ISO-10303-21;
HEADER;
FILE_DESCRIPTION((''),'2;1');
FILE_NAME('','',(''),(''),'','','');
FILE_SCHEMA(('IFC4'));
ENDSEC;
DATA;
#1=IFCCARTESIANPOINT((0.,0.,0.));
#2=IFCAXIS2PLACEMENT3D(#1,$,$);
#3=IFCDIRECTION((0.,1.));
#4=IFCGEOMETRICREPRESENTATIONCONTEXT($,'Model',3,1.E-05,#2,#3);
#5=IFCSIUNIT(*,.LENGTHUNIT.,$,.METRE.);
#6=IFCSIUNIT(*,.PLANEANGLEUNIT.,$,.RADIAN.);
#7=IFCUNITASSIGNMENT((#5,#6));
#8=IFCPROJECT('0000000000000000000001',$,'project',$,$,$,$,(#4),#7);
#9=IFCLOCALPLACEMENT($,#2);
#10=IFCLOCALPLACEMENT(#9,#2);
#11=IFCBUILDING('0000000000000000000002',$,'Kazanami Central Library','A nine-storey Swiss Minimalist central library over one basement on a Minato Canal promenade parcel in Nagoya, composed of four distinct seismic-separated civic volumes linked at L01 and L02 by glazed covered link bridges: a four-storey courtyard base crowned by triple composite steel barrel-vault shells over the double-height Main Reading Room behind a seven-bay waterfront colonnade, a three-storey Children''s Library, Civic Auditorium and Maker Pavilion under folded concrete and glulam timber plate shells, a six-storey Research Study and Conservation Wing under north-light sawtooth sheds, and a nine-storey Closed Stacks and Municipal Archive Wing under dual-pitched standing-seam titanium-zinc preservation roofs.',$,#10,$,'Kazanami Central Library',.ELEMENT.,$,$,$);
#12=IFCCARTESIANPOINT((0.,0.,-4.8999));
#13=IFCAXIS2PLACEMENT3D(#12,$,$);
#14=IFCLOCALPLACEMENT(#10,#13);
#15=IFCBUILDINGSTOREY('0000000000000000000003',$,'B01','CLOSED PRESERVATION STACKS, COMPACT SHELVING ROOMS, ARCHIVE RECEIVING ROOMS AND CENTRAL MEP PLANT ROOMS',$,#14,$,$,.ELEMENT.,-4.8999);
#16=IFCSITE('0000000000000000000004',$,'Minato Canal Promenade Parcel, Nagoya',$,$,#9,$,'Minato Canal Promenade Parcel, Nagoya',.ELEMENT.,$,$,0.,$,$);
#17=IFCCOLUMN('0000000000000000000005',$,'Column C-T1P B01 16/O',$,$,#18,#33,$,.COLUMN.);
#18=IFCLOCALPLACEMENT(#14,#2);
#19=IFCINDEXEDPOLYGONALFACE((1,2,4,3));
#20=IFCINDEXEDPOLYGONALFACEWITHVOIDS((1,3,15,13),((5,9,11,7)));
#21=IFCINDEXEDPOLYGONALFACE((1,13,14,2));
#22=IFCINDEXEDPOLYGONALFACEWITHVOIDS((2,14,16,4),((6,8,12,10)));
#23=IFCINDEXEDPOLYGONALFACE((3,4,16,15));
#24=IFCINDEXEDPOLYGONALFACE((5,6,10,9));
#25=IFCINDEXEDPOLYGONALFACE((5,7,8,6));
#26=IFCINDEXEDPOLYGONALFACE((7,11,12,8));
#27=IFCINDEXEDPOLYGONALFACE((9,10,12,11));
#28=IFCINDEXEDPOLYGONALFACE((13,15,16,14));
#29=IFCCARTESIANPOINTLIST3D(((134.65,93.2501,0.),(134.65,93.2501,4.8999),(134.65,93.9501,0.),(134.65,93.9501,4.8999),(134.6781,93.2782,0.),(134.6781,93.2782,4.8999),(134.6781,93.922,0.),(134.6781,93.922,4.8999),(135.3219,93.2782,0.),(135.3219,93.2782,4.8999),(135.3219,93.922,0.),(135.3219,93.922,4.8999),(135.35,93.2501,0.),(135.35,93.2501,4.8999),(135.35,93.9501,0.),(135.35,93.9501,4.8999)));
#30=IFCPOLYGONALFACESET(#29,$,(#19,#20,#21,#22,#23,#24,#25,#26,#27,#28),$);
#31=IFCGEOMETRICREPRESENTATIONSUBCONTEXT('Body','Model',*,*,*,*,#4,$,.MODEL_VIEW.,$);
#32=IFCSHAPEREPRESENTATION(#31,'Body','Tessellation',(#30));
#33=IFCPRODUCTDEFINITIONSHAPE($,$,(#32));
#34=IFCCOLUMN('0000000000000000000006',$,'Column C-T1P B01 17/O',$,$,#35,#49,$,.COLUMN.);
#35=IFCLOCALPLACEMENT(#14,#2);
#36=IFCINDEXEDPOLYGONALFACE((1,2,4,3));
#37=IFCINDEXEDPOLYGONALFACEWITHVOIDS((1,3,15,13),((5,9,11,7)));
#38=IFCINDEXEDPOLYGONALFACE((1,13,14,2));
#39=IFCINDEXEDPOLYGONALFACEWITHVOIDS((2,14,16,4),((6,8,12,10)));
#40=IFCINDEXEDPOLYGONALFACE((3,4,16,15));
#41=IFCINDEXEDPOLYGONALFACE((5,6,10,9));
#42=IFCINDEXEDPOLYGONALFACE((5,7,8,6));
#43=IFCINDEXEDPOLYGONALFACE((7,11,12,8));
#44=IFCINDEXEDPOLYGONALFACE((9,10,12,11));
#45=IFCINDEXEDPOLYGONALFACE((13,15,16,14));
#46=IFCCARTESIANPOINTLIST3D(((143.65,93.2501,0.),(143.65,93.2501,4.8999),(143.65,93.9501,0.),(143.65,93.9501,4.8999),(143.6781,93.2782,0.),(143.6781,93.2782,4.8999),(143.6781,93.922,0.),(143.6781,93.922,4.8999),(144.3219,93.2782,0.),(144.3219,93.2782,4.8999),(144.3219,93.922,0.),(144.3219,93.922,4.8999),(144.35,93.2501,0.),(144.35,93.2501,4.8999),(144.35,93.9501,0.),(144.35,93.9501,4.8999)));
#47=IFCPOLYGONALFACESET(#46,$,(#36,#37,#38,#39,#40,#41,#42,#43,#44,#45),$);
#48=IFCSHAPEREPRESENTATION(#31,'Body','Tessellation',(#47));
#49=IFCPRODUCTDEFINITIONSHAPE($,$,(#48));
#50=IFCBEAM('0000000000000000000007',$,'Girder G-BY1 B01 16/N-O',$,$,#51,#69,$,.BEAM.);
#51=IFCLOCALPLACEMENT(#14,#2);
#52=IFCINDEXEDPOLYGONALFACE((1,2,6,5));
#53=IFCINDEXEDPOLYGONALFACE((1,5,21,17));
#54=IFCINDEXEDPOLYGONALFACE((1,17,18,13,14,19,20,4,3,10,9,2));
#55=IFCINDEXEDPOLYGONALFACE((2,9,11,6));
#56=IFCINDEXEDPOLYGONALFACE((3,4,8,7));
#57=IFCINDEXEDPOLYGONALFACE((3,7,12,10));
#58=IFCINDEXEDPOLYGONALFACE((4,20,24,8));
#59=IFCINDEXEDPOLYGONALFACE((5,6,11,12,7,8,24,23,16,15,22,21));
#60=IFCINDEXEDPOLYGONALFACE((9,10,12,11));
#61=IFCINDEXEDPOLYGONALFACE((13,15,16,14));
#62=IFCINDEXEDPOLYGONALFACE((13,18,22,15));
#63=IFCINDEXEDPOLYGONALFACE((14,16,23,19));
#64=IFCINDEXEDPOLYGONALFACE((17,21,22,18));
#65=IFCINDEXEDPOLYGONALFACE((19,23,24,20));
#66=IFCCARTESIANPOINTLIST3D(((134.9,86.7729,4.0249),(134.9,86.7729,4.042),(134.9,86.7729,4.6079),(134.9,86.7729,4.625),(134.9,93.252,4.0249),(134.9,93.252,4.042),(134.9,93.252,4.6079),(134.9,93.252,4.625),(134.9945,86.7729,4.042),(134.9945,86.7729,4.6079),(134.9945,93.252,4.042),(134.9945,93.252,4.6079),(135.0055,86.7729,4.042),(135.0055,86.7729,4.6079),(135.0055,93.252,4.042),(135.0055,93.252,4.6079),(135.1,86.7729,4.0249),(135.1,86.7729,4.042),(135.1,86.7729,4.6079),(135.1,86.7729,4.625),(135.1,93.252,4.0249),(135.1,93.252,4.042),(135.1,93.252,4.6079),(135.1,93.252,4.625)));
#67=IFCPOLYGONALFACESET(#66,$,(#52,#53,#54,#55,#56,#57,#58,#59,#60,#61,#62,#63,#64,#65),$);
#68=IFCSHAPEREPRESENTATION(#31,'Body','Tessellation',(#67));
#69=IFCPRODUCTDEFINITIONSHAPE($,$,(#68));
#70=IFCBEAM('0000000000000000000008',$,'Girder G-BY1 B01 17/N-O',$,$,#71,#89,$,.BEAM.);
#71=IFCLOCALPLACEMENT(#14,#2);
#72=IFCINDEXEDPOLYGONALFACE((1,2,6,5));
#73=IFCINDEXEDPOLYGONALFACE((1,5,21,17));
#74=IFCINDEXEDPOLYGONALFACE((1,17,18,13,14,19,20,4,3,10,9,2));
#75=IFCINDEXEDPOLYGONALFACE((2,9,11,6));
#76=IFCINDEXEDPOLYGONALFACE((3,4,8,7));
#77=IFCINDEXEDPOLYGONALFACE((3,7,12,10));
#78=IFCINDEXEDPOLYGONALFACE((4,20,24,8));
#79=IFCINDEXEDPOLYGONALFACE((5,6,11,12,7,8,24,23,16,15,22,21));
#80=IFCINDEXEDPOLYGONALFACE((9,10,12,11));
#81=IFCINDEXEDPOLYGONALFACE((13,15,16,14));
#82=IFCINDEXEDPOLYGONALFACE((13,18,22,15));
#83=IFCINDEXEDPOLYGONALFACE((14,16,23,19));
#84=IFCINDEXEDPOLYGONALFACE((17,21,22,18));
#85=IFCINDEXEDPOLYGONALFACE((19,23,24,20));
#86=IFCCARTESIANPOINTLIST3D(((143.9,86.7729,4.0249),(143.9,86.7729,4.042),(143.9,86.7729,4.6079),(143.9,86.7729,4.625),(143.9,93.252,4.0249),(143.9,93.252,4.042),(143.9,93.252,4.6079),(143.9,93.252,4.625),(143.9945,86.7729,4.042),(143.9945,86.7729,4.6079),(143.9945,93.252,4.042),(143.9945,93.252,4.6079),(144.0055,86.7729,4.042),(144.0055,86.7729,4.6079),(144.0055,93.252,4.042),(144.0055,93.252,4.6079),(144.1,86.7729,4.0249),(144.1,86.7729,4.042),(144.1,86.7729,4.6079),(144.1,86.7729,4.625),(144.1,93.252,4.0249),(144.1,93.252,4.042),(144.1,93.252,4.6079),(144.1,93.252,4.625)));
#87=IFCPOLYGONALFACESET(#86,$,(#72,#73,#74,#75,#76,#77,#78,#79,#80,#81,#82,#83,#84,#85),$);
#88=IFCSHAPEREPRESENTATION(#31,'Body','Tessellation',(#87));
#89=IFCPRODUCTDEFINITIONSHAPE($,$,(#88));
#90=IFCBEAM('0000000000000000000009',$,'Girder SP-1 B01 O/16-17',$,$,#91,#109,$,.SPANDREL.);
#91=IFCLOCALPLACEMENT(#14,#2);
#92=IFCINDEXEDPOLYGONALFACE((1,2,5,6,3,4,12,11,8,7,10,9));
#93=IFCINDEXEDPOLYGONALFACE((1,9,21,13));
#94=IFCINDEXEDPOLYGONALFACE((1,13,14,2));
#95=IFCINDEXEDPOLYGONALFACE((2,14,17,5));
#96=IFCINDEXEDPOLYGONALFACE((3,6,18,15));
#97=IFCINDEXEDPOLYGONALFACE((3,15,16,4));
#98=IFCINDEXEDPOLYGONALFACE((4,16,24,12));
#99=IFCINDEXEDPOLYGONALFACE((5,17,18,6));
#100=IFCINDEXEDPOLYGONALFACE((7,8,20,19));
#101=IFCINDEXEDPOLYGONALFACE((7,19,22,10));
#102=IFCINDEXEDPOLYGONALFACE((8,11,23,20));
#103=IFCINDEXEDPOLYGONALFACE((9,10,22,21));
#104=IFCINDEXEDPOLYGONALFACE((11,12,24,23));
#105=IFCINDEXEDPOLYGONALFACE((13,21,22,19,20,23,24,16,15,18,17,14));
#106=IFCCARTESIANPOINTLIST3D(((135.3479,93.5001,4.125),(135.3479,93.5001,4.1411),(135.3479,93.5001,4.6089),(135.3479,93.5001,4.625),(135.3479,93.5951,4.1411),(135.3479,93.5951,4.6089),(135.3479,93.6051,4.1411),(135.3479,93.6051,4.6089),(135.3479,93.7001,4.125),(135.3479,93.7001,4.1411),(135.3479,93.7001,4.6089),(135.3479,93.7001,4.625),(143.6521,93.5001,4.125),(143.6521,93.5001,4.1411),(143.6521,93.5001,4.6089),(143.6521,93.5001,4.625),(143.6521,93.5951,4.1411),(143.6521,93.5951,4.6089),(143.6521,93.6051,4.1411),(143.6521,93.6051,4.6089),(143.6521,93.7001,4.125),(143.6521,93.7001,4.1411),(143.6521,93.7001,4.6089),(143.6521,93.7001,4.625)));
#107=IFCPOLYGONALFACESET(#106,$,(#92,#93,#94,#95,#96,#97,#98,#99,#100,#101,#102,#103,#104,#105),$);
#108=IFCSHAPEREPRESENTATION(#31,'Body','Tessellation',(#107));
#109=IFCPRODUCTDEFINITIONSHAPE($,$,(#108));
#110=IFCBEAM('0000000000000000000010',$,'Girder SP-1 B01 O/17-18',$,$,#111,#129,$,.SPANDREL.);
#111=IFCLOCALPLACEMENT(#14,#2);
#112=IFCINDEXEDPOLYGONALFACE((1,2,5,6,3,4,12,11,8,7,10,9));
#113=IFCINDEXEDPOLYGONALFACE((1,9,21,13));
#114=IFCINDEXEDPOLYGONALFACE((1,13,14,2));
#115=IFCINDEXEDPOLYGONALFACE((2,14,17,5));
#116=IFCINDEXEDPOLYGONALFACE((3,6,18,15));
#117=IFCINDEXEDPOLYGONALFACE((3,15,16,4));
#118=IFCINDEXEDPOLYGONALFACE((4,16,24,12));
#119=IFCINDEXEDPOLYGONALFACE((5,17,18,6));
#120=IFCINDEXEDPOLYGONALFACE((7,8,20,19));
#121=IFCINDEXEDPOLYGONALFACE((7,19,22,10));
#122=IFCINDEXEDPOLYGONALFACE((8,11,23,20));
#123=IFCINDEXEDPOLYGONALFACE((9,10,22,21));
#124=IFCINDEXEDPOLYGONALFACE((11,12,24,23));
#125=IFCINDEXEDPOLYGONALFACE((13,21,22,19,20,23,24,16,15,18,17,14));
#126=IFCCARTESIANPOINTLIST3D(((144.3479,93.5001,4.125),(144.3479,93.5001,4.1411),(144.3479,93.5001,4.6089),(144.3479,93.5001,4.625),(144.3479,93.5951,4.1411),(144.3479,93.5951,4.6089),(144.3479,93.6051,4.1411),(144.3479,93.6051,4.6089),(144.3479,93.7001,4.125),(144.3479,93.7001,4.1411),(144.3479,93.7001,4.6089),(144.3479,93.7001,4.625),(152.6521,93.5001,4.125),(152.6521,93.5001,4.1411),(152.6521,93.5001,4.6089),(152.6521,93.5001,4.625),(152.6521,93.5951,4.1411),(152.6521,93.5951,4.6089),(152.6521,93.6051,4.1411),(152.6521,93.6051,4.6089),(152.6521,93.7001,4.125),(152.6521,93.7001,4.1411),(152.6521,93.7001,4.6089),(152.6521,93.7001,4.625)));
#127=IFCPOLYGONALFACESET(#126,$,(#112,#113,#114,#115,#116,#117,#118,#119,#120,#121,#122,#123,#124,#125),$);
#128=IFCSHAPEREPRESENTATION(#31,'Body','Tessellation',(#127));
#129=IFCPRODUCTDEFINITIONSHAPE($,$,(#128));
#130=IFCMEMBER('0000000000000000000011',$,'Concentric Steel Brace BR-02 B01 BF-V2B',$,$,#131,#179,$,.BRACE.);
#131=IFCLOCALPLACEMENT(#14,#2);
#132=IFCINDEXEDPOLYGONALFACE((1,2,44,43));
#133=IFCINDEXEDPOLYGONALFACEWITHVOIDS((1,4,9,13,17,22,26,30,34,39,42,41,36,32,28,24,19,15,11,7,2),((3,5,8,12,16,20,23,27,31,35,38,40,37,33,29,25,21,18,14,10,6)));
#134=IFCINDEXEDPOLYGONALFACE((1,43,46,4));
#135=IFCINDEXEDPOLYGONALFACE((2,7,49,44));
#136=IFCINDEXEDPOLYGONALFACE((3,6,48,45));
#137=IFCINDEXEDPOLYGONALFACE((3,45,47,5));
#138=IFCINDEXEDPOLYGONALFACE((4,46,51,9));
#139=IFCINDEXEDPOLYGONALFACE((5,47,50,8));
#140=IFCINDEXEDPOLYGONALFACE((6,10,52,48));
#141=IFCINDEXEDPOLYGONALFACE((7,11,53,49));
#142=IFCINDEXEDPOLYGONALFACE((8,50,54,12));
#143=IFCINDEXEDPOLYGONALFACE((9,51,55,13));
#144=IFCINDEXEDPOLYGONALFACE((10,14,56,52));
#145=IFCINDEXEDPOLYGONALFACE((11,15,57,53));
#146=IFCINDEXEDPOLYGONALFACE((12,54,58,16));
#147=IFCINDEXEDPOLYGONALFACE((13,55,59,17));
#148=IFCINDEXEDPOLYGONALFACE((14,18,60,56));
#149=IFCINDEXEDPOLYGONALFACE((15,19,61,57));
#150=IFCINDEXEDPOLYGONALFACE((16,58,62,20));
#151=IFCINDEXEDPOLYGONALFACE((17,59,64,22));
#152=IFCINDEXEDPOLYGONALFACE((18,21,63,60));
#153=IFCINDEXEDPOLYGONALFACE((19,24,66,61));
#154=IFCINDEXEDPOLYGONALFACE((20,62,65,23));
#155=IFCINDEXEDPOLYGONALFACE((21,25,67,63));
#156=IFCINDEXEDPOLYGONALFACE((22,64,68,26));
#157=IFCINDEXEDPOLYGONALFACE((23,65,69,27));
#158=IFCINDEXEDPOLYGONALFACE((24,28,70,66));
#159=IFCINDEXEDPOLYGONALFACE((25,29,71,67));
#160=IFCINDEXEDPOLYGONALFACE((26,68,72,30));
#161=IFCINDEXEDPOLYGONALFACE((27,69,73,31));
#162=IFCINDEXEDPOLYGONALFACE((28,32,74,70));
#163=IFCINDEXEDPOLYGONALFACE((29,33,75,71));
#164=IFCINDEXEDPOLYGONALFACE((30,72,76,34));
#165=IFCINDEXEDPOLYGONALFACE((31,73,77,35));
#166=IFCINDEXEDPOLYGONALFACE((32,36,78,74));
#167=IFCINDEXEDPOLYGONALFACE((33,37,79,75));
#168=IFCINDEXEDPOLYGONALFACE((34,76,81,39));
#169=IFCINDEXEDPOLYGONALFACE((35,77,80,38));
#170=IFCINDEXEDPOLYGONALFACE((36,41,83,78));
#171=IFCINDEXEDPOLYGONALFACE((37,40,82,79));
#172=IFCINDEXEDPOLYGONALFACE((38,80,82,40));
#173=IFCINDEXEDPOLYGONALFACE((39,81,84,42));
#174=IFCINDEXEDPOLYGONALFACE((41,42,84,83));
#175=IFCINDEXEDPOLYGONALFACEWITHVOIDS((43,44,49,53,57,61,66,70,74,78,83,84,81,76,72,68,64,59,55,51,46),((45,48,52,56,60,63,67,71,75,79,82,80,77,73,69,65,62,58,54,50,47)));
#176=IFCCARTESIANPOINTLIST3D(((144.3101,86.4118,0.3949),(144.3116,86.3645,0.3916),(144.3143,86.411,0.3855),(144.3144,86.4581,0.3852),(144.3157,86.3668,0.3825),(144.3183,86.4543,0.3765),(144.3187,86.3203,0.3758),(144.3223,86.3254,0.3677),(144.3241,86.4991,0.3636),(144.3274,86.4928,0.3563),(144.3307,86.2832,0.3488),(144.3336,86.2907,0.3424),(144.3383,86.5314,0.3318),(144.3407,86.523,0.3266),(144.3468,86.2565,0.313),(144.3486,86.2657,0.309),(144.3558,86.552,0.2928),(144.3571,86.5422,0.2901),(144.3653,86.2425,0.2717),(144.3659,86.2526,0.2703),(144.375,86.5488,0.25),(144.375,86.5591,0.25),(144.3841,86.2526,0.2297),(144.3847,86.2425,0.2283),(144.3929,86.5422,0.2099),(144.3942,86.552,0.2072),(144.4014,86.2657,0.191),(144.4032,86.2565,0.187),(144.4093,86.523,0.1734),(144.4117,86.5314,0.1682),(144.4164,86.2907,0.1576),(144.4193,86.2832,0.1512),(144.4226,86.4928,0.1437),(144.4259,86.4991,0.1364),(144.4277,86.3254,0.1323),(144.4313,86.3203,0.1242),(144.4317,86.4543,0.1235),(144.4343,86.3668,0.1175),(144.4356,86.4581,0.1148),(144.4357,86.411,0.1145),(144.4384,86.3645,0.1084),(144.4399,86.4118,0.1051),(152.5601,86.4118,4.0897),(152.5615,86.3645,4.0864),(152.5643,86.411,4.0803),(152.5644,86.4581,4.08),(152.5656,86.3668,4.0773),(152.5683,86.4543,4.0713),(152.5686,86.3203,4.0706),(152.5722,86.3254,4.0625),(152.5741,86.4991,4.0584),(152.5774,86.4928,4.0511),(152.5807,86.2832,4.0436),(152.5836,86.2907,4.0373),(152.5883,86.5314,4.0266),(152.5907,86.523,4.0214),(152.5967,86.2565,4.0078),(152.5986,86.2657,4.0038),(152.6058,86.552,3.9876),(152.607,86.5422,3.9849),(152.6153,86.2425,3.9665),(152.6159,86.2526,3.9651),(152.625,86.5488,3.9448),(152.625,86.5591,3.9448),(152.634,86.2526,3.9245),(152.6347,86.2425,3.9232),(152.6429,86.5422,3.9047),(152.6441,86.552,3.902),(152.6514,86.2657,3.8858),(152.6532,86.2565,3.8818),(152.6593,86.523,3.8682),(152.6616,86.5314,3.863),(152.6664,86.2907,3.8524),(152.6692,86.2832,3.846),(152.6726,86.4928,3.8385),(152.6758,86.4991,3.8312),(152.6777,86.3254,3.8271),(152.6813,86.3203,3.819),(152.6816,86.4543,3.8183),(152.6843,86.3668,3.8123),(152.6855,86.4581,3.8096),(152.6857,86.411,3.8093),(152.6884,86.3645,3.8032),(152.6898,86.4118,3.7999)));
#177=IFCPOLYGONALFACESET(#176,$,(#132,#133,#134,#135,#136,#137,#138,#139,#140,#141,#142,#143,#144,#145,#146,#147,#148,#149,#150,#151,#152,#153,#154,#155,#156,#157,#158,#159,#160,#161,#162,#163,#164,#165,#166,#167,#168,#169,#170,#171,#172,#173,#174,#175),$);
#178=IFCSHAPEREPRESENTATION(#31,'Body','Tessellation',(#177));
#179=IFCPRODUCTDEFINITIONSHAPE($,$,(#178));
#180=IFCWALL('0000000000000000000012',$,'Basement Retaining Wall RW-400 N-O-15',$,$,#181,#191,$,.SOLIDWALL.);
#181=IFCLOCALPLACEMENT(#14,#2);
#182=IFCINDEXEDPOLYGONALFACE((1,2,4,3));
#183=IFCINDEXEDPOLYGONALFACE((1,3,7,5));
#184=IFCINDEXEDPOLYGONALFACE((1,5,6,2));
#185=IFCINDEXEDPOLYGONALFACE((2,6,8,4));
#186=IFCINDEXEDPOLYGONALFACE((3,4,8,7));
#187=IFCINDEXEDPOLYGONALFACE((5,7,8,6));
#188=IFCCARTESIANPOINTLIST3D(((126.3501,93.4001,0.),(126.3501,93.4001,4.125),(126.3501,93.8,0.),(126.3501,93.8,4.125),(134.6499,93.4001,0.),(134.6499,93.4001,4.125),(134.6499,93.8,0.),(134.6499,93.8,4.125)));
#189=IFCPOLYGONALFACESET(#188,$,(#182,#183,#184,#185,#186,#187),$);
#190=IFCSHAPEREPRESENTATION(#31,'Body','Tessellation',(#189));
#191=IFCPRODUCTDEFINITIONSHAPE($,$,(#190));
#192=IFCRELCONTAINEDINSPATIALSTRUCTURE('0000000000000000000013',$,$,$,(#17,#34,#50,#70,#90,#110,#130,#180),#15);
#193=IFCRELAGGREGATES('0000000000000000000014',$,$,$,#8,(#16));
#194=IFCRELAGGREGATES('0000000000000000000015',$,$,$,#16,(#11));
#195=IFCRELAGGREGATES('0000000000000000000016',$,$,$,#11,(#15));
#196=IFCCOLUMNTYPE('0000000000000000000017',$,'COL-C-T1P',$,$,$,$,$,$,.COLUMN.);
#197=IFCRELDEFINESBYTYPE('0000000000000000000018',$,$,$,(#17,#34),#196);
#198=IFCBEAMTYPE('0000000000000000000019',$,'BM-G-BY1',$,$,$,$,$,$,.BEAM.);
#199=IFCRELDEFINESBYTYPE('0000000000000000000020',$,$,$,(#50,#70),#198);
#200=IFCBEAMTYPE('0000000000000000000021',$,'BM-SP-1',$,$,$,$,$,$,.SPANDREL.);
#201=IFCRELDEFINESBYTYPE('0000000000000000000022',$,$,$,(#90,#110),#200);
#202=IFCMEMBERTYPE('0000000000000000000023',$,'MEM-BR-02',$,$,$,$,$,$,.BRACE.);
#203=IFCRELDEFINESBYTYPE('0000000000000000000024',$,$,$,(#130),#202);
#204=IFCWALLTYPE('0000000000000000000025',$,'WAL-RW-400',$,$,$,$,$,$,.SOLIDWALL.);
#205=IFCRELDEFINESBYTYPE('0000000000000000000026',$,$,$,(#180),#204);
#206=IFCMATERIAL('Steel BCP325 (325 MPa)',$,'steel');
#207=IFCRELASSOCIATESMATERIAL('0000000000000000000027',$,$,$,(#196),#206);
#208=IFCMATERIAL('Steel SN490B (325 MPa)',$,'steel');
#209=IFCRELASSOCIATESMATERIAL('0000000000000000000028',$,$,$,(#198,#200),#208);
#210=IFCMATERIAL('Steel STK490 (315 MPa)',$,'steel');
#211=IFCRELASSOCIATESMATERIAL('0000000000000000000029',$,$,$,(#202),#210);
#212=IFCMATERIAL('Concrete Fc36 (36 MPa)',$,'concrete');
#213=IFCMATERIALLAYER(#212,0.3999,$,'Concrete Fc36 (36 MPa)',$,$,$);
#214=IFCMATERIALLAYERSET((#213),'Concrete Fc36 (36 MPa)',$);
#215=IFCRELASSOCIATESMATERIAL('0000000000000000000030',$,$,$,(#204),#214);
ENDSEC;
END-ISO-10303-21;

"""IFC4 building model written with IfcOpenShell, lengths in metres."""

from ifc_helpers import new_model, si_unit, direction, frame, frame_2d, origin, origin_2d, place, context, subcontext, project, spatial, rectangle, hollow_rectangle, hollow_circle, i_section, extrude, material, layer, layer_set, material_profile, profile_set, type_object, element, save


model = new_model("IFC4")

# Units and contexts
model_context = context("Model", 3, precision=1e-05, world=origin(), true_north=direction((0.0, 1.0)))
body_context = subcontext(model_context, "Body", "Model", "MODEL_VIEW")
ifc_project = project(units=[si_unit("LENGTHUNIT", "METRE"), si_unit("PLANEANGLEUNIT", "RADIAN")], contexts=[model_context])

# Site, building, storey
site_placement = place(None, origin())
site = spatial("IfcSite", under=ifc_project, at=site_placement, Name="Minato Canal Promenade Parcel, Nagoya", LongName="Minato Canal Promenade Parcel, Nagoya", CompositionType="ELEMENT", RefElevation=0.0)
building_placement = place(site_placement, origin())
building = spatial("IfcBuilding", under=site, at=building_placement, Name="Kazanami Central Library", Description="A nine-storey Swiss Minimalist central library over one basement on a Minato Canal promenade parcel in Nagoya, composed of four distinct seismic-separated civic volumes linked at L01 and L02 by glazed covered link bridges: a four-storey courtyard base crowned by triple composite steel barrel-vault shells over the double-height Main Reading Room behind a seven-bay waterfront colonnade, a three-storey Children's Library, Civic Auditorium and Maker Pavilion under folded concrete and glulam timber plate shells, a six-storey Research Study and Conservation Wing under north-light sawtooth sheds, and a nine-storey Closed Stacks and Municipal Archive Wing under dual-pitched standing-seam titanium-zinc preservation roofs.", LongName="Kazanami Central Library", CompositionType="ELEMENT")
storey_placement = place(building_placement, frame((0.0, 0.0, -4.8999)))
storey = spatial("IfcBuildingStorey", under=building, at=storey_placement, Name="B01", Description="CLOSED PRESERVATION STACKS, COMPACT SHELVING ROOMS, ARCHIVE RECEIVING ROOMS AND CENTRAL MEP PLANT ROOMS", CompositionType="ELEMENT", Elevation=-4.8999)

# Shared definitions
ifc_material_1 = material(Name="Concrete Fc36 (36 MPa)", Category="concrete")

# Columns
ifc_material_2 = material(Name="Steel BCP325 (325 MPa)", Category="steel")
ifc_material_profile_1 = material_profile(ifc_material_2, hollow_rectangle(XDim=0.7, YDim=0.7, WallThickness=0.0281, at=origin_2d()), Name="BCP-700x700x28")
ifc_profile_set_1 = profile_set([ifc_material_profile_1], Name="Steel BCP325 (325 MPa)")
column_type = type_object("IfcColumnType", Name="COL-C-T1P", PredefinedType="COLUMN", material=ifc_profile_set_1)
for number, where, z_axis, x_axis, name in (
    (1, (135.0, 93.6001, 0.0), (0.0, 0.0, 1.0), (1.0, 0.0, 0.0), "Column C-T1P B01 16/O"),
    (2, (144.0, 93.6001, 0.0), (0.0, 0.0, 1.0), (1.0, 0.0, 0.0), "Column C-T1P B01 17/O"),
):
    element("IfcColumn", number, at=place(storey_placement, frame(where, z_axis=z_axis, x_axis=x_axis)), inside=storey, type_object=column_type, Name=name, PredefinedType="COLUMN", context=body_context, shape_type="SweptSolid", body=[
        extrude(hollow_rectangle(XDim=0.7, YDim=0.7, WallThickness=0.0281, at=origin_2d()), origin(), (0.0, 0.0, 1.0), 4.8999),
    ])

# Beams
ifc_material_3 = material(Name="Steel SN490B (325 MPa)", Category="steel")
ifc_material_profile_2 = material_profile(ifc_material_3, i_section(OverallWidth=0.2, OverallDepth=0.6001, WebThickness=0.011, FlangeThickness=0.0171, at=origin_2d()), Name="H-600x200x11x17")
ifc_profile_set_2 = profile_set([ifc_material_profile_2], Name="Steel SN490B (325 MPa)")
beam_type_1 = type_object("IfcBeamType", Name="BM-G-BY1", PredefinedType="BEAM", material=ifc_profile_set_2)
for number, where, z_axis, x_axis, name in (
    (3, (135.0, 86.7729, 4.325), (0.0, 1.0, 0.0), (-1.0, 0.0, 0.0), "Girder G-BY1 B01 16/N-O"),
    (4, (144.0, 86.7729, 4.325), (0.0, 1.0, 0.0), (-1.0, 0.0, 0.0), "Girder G-BY1 B01 17/N-O"),
):
    element("IfcBeam", number, at=place(storey_placement, frame(where, z_axis=z_axis, x_axis=x_axis)), inside=storey, type_object=beam_type_1, Name=name, PredefinedType="BEAM", context=body_context, shape_type="SweptSolid", body=[
        extrude(i_section(OverallWidth=0.2, OverallDepth=0.6001, WebThickness=0.011, FlangeThickness=0.0171, at=origin_2d()), origin(), (0.0, 0.0, 1.0), 6.479),
    ])
ifc_material_profile_3 = material_profile(ifc_material_3, i_section(OverallWidth=0.2, OverallDepth=0.5, WebThickness=0.01, FlangeThickness=0.0161, at=origin_2d()), Name="H-500x200x10x16")
ifc_profile_set_3 = profile_set([ifc_material_profile_3], Name="Steel SN490B (325 MPa)")
beam_type_2 = type_object("IfcBeamType", Name="BM-SP-1", PredefinedType="SPANDREL", material=ifc_profile_set_3)
for number, where, z_axis, x_axis, name in (
    (5, (135.3479, 93.6001, 4.375), (1.0, 0.0, 0.0), (0.0, 1.0, 0.0), "Girder SP-1 B01 O/16-17"),
    (6, (144.3479, 93.6001, 4.375), (1.0, 0.0, 0.0), (0.0, 1.0, 0.0), "Girder SP-1 B01 O/17-18"),
):
    element("IfcBeam", number, at=place(storey_placement, frame(where, z_axis=z_axis, x_axis=x_axis)), inside=storey, type_object=beam_type_2, Name=name, PredefinedType="SPANDREL", context=body_context, shape_type="SweptSolid", body=[
        extrude(i_section(OverallWidth=0.2, OverallDepth=0.5, WebThickness=0.01, FlangeThickness=0.0161, at=origin_2d()), origin(), (0.0, 0.0, 1.0), 8.3042),
    ])

# Member
ifc_material_4 = material(Name="Steel STK490 (315 MPa)", Category="steel")
ifc_material_profile_4 = material_profile(ifc_material_4, hollow_circle(Radius=0.1592, WallThickness=0.0103, at=origin_2d()), Name="CHS-318.5x10.3")
ifc_profile_set_4 = profile_set([ifc_material_profile_4], Name="Steel STK490 (315 MPa)")
member_type = type_object("IfcMemberType", Name="MEM-BR-02", PredefinedType="BRACE", material=ifc_profile_set_4)
member_placement = place(storey_placement, frame((144.375, 86.3999, 0.25), z_axis=(0.912652, 0.0, 0.408738), x_axis=(0.0, 1.0, 0.0)))
element("IfcMember", 7, at=member_placement, inside=storey, type_object=member_type, Name="Concentric Steel Brace BR-02 B01 BF-V2B", PredefinedType="BRACE", context=body_context, shape_type="SweptSolid", body=[
    extrude(hollow_circle(Radius=0.1592, WallThickness=0.0103, at=origin_2d()), origin(), (0.0, 0.0, 1.0), 9.0396),
])

# Wall
ifc_layer = layer(ifc_material_1, 0.3999, Name="Concrete Fc36 (36 MPa)")
ifc_layer_set = layer_set([ifc_layer], Name="Concrete Fc36 (36 MPa)")
wall_type = type_object("IfcWallType", Name="WAL-RW-400", PredefinedType="SOLIDWALL", material=ifc_layer_set)
for number, where, z_axis, x_axis, name in (
    (8, (134.6499, 93.6001, 0.0), (0.0, 0.0, 1.0), (-1.0, 0.0, 0.0), "Basement Retaining Wall RW-400 N-O-15"),
):
    element("IfcWall", number, at=place(storey_placement, frame(where, z_axis=z_axis, x_axis=x_axis)), inside=storey, type_object=wall_type, Name=name, PredefinedType="SOLIDWALL", context=body_context, shape_type="SweptSolid", body=[
        extrude(rectangle(XDim=8.2998, YDim=0.3999, at=frame_2d((4.1499, 0.0))), origin(), (0.0, 0.0, 1.0), 4.125),
    ])

save(model, "model.ifc")
